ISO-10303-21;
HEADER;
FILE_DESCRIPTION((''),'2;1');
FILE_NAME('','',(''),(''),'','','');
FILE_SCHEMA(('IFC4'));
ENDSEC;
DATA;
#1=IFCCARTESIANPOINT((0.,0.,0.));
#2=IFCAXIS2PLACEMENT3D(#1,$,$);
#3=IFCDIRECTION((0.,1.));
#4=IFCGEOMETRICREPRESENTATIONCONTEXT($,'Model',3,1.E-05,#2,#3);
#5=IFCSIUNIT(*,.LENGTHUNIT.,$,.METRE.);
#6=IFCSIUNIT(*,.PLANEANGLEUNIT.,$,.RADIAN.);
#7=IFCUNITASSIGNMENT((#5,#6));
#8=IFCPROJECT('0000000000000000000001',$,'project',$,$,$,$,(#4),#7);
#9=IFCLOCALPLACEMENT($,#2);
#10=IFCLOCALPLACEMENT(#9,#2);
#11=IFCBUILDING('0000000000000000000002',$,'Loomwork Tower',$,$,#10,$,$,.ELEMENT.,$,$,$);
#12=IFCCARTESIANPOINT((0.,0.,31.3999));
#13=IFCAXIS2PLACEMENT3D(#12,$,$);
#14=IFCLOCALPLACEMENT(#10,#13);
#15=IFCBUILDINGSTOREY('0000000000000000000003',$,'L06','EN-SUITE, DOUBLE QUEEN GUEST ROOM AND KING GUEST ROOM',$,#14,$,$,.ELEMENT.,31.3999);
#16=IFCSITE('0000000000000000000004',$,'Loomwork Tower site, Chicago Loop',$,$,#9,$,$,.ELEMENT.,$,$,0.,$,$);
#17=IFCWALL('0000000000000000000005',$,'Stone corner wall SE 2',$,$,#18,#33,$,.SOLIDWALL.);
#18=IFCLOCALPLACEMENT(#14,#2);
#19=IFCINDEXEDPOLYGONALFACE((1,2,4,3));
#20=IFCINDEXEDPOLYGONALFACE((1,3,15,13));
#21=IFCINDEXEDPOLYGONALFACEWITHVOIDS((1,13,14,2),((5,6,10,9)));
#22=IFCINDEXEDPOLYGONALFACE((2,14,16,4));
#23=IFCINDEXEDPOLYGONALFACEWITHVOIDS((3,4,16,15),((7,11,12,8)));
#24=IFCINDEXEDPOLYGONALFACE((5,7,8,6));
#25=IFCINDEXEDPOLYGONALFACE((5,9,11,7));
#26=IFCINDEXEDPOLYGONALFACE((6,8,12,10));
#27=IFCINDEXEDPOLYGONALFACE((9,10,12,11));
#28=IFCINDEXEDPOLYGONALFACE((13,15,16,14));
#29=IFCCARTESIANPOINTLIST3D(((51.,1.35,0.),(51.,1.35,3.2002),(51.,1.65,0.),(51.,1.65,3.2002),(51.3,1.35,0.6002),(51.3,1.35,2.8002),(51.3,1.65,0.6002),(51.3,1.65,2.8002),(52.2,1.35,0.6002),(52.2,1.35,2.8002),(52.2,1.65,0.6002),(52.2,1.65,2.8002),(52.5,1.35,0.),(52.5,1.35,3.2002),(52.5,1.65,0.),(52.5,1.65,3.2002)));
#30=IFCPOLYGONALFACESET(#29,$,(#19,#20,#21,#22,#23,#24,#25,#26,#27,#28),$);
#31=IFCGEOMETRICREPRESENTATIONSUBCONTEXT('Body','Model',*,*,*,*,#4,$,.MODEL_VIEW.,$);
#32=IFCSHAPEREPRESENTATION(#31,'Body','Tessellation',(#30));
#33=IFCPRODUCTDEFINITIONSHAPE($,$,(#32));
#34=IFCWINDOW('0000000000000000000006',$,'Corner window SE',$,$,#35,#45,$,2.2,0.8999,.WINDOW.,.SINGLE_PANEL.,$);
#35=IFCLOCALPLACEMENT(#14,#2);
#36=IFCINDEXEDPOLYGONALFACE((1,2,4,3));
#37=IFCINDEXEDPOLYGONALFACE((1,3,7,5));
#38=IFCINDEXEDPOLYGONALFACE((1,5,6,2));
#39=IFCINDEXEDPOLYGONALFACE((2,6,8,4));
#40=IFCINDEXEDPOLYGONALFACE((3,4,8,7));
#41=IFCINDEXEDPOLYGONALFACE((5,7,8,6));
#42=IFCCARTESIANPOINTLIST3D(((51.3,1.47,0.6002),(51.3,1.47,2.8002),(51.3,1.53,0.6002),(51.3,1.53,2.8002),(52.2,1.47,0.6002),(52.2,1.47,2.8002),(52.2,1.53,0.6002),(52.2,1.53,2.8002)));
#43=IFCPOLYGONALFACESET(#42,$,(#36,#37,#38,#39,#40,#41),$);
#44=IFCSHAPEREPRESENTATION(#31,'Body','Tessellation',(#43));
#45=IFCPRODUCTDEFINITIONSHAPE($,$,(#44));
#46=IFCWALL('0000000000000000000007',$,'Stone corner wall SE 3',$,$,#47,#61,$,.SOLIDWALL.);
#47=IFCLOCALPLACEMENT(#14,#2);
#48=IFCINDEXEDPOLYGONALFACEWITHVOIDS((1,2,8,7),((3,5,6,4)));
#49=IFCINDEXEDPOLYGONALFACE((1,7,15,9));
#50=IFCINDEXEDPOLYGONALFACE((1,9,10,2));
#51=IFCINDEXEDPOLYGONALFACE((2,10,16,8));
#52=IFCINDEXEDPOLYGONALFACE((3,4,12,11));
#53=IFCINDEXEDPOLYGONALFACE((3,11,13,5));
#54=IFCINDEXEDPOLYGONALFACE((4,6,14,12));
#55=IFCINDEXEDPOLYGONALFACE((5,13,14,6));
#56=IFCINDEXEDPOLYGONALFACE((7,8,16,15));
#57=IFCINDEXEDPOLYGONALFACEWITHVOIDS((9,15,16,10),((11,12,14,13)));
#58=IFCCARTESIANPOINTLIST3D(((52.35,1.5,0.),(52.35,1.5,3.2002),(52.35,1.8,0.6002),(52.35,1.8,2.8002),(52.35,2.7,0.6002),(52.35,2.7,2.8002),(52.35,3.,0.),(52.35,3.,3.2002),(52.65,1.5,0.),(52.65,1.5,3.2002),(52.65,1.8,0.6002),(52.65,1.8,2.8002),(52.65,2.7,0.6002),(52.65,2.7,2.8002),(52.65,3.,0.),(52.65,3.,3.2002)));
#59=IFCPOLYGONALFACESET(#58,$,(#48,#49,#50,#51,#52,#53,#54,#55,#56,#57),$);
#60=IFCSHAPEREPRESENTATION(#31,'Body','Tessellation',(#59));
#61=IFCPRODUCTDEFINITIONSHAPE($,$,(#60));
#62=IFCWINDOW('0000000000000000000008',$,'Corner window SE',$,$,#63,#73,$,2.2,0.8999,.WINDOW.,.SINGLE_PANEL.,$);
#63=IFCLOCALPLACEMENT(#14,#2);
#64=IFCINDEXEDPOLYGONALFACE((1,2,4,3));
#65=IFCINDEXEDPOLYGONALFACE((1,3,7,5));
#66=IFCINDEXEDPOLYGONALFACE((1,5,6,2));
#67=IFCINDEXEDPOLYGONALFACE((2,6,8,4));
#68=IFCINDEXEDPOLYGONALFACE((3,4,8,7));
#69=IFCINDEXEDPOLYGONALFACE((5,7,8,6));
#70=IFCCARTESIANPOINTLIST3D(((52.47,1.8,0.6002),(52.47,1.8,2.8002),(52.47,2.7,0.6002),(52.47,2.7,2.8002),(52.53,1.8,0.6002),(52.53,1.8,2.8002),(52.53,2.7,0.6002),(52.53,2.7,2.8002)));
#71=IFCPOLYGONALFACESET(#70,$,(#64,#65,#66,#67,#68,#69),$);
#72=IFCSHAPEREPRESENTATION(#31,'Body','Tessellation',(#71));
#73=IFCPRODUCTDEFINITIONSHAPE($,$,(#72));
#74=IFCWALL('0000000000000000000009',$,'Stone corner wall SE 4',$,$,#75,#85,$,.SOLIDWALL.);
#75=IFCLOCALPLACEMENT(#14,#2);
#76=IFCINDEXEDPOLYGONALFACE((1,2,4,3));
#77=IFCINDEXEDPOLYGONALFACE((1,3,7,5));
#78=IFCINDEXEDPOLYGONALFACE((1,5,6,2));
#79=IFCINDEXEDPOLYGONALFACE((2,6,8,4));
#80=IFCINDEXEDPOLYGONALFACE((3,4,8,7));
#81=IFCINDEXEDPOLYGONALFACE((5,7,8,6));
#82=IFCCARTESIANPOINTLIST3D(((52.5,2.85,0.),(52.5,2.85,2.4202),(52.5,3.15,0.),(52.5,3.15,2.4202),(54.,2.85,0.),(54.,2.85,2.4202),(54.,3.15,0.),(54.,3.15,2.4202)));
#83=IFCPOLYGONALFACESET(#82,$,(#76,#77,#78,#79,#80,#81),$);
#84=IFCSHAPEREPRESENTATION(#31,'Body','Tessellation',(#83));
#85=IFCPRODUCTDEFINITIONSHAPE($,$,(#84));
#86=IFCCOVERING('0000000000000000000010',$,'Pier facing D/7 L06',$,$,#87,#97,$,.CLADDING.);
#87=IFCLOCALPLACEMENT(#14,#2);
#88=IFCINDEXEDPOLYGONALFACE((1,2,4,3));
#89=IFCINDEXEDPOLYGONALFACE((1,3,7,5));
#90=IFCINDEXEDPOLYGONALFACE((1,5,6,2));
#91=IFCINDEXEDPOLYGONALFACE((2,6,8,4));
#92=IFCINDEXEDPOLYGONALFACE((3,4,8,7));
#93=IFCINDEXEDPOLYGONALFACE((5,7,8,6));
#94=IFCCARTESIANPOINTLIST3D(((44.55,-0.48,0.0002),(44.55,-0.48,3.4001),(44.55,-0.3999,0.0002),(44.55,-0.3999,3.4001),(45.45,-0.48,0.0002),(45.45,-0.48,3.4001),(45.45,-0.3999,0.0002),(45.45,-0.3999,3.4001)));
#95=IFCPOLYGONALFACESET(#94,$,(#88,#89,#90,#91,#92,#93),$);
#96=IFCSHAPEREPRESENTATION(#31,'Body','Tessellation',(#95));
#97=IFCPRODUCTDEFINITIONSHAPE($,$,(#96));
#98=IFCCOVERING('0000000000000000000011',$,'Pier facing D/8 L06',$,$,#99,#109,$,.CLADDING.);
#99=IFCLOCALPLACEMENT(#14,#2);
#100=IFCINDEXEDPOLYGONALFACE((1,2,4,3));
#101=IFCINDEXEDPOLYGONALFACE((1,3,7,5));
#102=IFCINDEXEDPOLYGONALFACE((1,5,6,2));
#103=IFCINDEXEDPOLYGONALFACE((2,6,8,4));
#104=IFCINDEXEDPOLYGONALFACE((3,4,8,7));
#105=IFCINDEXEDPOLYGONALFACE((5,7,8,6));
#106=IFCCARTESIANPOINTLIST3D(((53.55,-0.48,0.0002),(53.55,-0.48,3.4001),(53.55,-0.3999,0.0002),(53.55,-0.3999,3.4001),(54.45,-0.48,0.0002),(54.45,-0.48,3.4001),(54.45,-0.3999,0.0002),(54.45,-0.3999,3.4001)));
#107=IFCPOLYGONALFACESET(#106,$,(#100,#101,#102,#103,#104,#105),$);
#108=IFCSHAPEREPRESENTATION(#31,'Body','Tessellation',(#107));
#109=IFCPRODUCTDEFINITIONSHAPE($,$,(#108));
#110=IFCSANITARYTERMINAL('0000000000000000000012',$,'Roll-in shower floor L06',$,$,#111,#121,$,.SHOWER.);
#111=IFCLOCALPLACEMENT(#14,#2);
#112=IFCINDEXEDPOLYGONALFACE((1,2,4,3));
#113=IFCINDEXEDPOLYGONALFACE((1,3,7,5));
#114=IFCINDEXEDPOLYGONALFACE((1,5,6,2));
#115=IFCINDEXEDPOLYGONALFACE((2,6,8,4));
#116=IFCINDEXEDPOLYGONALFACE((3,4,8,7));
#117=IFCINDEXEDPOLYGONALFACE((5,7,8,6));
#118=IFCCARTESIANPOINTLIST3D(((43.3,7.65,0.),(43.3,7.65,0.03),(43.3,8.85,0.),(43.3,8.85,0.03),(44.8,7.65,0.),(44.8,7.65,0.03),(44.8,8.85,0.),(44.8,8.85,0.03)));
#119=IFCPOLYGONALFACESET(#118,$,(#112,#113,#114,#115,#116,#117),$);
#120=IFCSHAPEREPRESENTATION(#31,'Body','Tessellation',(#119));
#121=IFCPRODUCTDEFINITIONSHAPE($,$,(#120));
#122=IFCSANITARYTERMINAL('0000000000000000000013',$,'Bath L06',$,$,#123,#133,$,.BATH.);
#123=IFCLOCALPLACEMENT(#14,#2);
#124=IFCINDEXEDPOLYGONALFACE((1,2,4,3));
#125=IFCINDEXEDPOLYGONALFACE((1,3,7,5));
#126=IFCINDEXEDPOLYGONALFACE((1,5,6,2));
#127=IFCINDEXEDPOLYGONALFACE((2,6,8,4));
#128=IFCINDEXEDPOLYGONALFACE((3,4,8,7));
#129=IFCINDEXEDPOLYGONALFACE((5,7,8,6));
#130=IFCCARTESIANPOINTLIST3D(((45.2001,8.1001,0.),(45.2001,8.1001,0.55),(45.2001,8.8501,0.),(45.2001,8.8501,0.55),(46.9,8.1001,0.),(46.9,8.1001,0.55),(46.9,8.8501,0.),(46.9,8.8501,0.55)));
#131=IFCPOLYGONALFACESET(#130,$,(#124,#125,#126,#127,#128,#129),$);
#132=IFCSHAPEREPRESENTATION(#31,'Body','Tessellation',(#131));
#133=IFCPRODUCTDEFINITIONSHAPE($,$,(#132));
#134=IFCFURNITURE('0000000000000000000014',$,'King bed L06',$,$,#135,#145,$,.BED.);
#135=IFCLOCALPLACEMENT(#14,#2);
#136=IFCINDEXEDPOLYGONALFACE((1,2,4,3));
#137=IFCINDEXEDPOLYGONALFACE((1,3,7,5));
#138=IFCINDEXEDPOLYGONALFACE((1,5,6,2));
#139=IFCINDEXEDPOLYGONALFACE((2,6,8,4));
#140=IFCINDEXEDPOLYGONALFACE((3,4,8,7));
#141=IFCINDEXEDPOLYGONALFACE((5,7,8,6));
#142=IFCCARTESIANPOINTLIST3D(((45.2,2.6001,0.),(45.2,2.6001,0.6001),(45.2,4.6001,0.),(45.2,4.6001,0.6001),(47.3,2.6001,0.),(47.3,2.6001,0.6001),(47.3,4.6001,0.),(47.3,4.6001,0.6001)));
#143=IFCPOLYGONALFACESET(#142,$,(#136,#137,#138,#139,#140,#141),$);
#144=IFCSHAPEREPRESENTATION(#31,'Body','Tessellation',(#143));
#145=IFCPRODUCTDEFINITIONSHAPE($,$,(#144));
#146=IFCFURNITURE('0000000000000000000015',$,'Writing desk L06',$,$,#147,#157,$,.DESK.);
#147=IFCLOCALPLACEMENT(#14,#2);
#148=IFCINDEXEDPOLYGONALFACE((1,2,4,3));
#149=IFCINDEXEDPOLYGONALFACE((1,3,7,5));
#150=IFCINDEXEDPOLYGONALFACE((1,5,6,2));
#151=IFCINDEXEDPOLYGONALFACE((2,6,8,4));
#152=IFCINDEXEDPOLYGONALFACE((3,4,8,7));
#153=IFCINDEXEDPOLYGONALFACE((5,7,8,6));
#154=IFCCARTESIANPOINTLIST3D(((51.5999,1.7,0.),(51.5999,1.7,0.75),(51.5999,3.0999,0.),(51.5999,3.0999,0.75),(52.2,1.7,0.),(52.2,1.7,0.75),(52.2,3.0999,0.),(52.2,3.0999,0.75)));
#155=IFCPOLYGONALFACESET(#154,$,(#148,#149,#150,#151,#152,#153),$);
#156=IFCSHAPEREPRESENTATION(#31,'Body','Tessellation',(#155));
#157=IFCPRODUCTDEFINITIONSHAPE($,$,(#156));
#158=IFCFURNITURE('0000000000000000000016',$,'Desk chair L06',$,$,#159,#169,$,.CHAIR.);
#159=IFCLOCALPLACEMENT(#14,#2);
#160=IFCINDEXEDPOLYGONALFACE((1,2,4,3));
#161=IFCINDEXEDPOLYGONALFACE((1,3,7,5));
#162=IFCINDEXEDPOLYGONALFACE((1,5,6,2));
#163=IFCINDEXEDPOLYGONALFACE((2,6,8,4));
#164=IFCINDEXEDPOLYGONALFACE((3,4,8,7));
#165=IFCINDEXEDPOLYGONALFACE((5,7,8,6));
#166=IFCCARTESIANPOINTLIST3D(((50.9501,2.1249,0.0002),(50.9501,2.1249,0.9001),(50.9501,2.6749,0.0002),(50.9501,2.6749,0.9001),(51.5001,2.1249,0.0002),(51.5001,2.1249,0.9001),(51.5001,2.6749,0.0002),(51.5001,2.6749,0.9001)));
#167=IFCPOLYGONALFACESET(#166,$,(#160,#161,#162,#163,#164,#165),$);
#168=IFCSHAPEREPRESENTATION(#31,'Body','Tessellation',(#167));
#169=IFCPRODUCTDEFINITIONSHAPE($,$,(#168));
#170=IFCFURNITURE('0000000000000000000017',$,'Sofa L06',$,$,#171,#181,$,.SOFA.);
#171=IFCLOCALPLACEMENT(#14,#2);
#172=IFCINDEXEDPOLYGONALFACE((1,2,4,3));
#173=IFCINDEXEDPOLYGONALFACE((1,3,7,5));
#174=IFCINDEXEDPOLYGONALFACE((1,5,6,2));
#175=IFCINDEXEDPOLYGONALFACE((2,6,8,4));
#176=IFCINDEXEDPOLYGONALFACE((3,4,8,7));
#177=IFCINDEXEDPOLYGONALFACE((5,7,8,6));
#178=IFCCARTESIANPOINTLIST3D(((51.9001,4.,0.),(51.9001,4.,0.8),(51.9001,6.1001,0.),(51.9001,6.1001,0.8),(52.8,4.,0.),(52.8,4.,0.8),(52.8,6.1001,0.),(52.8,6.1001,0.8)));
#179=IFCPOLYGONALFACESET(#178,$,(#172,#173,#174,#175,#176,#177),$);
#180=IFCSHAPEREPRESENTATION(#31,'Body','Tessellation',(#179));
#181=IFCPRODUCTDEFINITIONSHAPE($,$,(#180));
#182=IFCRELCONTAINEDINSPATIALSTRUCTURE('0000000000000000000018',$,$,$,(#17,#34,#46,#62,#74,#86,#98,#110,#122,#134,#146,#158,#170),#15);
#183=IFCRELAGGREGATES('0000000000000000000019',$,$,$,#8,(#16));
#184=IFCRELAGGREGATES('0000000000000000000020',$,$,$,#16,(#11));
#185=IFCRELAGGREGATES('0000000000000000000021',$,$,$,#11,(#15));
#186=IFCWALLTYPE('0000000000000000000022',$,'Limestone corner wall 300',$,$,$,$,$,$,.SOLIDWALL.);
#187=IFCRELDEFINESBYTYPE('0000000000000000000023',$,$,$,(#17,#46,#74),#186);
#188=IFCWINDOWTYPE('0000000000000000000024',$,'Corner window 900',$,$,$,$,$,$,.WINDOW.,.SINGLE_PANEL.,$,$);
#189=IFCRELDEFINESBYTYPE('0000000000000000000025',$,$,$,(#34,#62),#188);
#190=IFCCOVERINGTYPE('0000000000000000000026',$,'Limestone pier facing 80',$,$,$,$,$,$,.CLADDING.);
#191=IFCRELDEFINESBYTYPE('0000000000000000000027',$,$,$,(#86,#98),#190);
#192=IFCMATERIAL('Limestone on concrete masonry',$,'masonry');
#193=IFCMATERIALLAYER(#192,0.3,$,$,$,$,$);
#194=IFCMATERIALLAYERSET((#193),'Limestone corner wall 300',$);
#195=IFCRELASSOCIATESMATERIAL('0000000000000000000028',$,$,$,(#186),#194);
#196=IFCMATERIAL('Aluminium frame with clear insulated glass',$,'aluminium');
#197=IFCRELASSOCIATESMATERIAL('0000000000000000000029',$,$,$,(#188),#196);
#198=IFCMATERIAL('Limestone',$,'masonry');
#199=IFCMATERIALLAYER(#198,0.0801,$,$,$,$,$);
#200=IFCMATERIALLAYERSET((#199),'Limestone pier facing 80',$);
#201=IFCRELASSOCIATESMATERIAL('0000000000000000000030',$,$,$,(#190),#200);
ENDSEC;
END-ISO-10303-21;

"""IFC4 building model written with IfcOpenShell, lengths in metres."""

from ifc_helpers import new_model, si_unit, direction, frame, frame_2d, origin, origin_2d, place, context, subcontext, project, spatial, rectangle, extrude, material, layer, layer_set, type_object, element, fill, save


model = new_model("IFC4")

# Units and contexts
model_context = context("Model", 3, precision=1e-05, world=origin(), true_north=direction((0.0, 1.0)))
body_context = subcontext(model_context, "Body", "Model", "MODEL_VIEW")
ifc_project = project(units=[si_unit("LENGTHUNIT", "METRE"), si_unit("PLANEANGLEUNIT", "RADIAN")], contexts=[model_context])

# Site, building, storey
site_placement = place(None, origin())
site = spatial("IfcSite", under=ifc_project, at=site_placement, Name="Loomwork Tower site, Chicago Loop", CompositionType="ELEMENT", RefElevation=0.0)
building_placement = place(site_placement, origin())
building = spatial("IfcBuilding", under=site, at=building_placement, Name="Loomwork Tower", CompositionType="ELEMENT")
storey_placement = place(building_placement, frame((0.0, 0.0, 31.3999)))
storey = spatial("IfcBuildingStorey", under=building, at=storey_placement, Name="L06", Description="EN-SUITE, DOUBLE QUEEN GUEST ROOM AND KING GUEST ROOM", CompositionType="ELEMENT", Elevation=31.3999)

# Shared definitions
ifc_material_1 = material(Name="Limestone on concrete masonry", Category="masonry")
ifc_layer_1 = layer(ifc_material_1, 0.3)
ifc_layer_set_1 = layer_set([ifc_layer_1], Name="Limestone corner wall 300")
wall_type_1 = type_object("IfcWallType", Name="Limestone corner wall 300", PredefinedType="SOLIDWALL", material=ifc_layer_set_1)

# Walls, openings, windows
wall_1_placement = place(storey_placement, frame((51.0, 1.5, 0.0), z_axis=(0.0, 0.0, 1.0), x_axis=(1.0, 0.0, 0.0)))
wall_1 = element("IfcWall", 1, at=wall_1_placement, inside=storey, type_object=wall_type_1, Name="Stone corner wall SE 2", PredefinedType="SOLIDWALL", context=body_context, shape_type="SweptSolid", body=[
    extrude(rectangle(XDim=1.5, YDim=0.3, at=frame_2d((0.75, 0.0))), origin(), (0.0, 0.0, 1.0), 3.2002),
])
opening_1_placement = place(wall_1_placement, frame((0.3, 0.0, 0.6001)))
opening_1 = element("IfcOpeningElement", 2, at=opening_1_placement, cuts=wall_1, PredefinedType="OPENING", context=body_context, shape_type="SweptSolid", body=[
    extrude(rectangle(XDim=0.8999, YDim=2.2, at=frame_2d((0.45, 1.1001))), frame((0.0, 0.1599, 0.0), z_axis=(0.0, -1.0, 0.0), x_axis=(1.0, 0.0, 0.0)), (0.0, 0.0, 1.0), 0.3201),
])
ifc_material_2 = material(Name="Aluminium frame with clear insulated glass", Category="aluminium")
window_type_1 = type_object("IfcWindowType", Name="Corner window 900", PartitioningType="SINGLE_PANEL", PredefinedType="WINDOW", material=ifc_material_2)
window_1_placement = place(opening_1_placement, origin())
window_1 = element("IfcWindow", 3, at=window_1_placement, inside=storey, type_object=window_type_1, Name="Corner window SE", OverallHeight=2.2, OverallWidth=0.8999, PartitioningType="SINGLE_PANEL", PredefinedType="WINDOW", context=body_context, shape_type="SweptSolid", body=[
    extrude(rectangle(XDim=0.8999, YDim=2.2, at=frame_2d((0.45, 1.1001))), frame((0.0, 0.03, 0.0), z_axis=(0.0, -1.0, 0.0), x_axis=(1.0, 0.0, 0.0)), (0.0, 0.0, 1.0), 0.0601),
])
fill(opening_1, window_1)
wall_2_placement = place(storey_placement, frame((52.5, 1.5, 0.0), z_axis=(0.0, 0.0, 1.0), x_axis=(0.0, 1.0, 0.0)))
wall_2 = element("IfcWall", 4, at=wall_2_placement, inside=storey, type_object=wall_type_1, Name="Stone corner wall SE 3", PredefinedType="SOLIDWALL", context=body_context, shape_type="SweptSolid", body=[
    extrude(rectangle(XDim=1.5, YDim=0.3, at=frame_2d((0.75, 0.0))), origin(), (0.0, 0.0, 1.0), 3.2002),
])
opening_2_placement = place(wall_2_placement, frame((0.3, 0.0, 0.6001)))
opening_2 = element("IfcOpeningElement", 5, at=opening_2_placement, cuts=wall_2, PredefinedType="OPENING", context=body_context, shape_type="SweptSolid", body=[
    extrude(rectangle(XDim=0.8999, YDim=2.2, at=frame_2d((0.45, 1.1001))), frame((0.0, 0.1599, 0.0), z_axis=(0.0, -1.0, 0.0), x_axis=(1.0, 0.0, 0.0)), (0.0, 0.0, 1.0), 0.3201),
])
window_2_placement = place(opening_2_placement, origin())
window_2 = element("IfcWindow", 6, at=window_2_placement, inside=storey, type_object=window_type_1, Name="Corner window SE", OverallHeight=2.2, OverallWidth=0.8999, PartitioningType="SINGLE_PANEL", PredefinedType="WINDOW", context=body_context, shape_type="SweptSolid", body=[
    extrude(rectangle(XDim=0.8999, YDim=2.2, at=frame_2d((0.45, 1.1001))), frame((0.0, 0.03, 0.0), z_axis=(0.0, -1.0, 0.0), x_axis=(1.0, 0.0, 0.0)), (0.0, 0.0, 1.0), 0.0601),
])
fill(opening_2, window_2)

# Wall
wall_3_placement = place(storey_placement, frame((52.5, 3.0, 0.0), z_axis=(0.0, 0.0, 1.0), x_axis=(1.0, 0.0, 0.0)))
element("IfcWall", 7, at=wall_3_placement, inside=storey, type_object=wall_type_1, Name="Stone corner wall SE 4", PredefinedType="SOLIDWALL", context=body_context, shape_type="SweptSolid", body=[
    extrude(rectangle(XDim=1.5, YDim=0.3, at=frame_2d((0.75, 0.0))), origin(), (0.0, 0.0, 1.0), 2.4202),
])

# Coverings
ifc_material_3 = material(Name="Limestone", Category="masonry")
ifc_layer_2 = layer(ifc_material_3, 0.0801)
ifc_layer_set_2 = layer_set([ifc_layer_2], Name="Limestone pier facing 80")
covering_type = type_object("IfcCoveringType", Name="Limestone pier facing 80", PredefinedType="CLADDING", material=ifc_layer_set_2)
for number, where, z_axis, x_axis, name in (
    (8, (45.0, -0.4399, 0.0002), (0.0, 0.0, 1.0), (1.0, 0.0, 0.0), "Pier facing D/7 L06"),
    (9, (54.0, -0.4399, 0.0002), (0.0, 0.0, 1.0), (1.0, 0.0, 0.0), "Pier facing D/8 L06"),
):
    element("IfcCovering", number, at=place(storey_placement, frame(where, z_axis=z_axis, x_axis=x_axis)), inside=storey, type_object=covering_type, Name=name, PredefinedType="CLADDING", context=body_context, shape_type="SweptSolid", body=[
        extrude(rectangle(XDim=0.8999, YDim=0.0801, at=origin_2d()), origin(), (0.0, 0.0, 1.0), 3.3999),
    ])

# Sanitary terminals
sanitary_terminal_1_placement = place(storey_placement, frame((44.05, 8.25, 0.0), z_axis=(0.0, 0.0, 1.0), x_axis=(1.0, 0.0, 0.0)))
element("IfcSanitaryTerminal", 10, at=sanitary_terminal_1_placement, inside=storey, Name="Roll-in shower floor L06", PredefinedType="SHOWER", context=body_context, shape_type="SweptSolid", body=[
    extrude(rectangle(XDim=1.5, YDim=1.2, at=origin_2d()), origin(), (0.0, 0.0, 1.0), 0.03),
])
sanitary_terminal_2_placement = place(storey_placement, frame((46.05, 8.4751, 0.0), z_axis=(0.0, 0.0, 1.0), x_axis=(1.0, 0.0, 0.0)))
element("IfcSanitaryTerminal", 11, at=sanitary_terminal_2_placement, inside=storey, Name="Bath L06", PredefinedType="BATH", context=body_context, shape_type="SweptSolid", body=[
    extrude(rectangle(XDim=1.7, YDim=0.75, at=origin_2d()), origin(), (0.0, 0.0, 1.0), 0.55),
])

# Furniture
furniture_1_placement = place(storey_placement, frame((46.25, 3.6001, 0.0), z_axis=(0.0, 0.0, 1.0), x_axis=(1.0, 0.0, 0.0)))
element("IfcFurniture", 12, at=furniture_1_placement, inside=storey, Name="King bed L06", PredefinedType="BED", context=body_context, shape_type="SweptSolid", body=[
    extrude(rectangle(XDim=2.1001, YDim=2.0, at=origin_2d()), origin(), (0.0, 0.0, 1.0), 0.6001),
])
furniture_2_placement = place(storey_placement, frame((51.8999, 2.3999, 0.0), z_axis=(0.0, 0.0, 1.0), x_axis=(1.0, 0.0, 0.0)))
element("IfcFurniture", 13, at=furniture_2_placement, inside=storey, Name="Writing desk L06", PredefinedType="DESK", context=body_context, shape_type="SweptSolid", body=[
    extrude(rectangle(XDim=0.6001, YDim=1.3999, at=origin_2d()), origin(), (0.0, 0.0, 1.0), 0.75),
])
furniture_3_placement = place(storey_placement, frame((51.2251, 2.3999, 0.0002), z_axis=(0.0, 0.0, 1.0), x_axis=(1.0, 0.0, 0.0)))
element("IfcFurniture", 14, at=furniture_3_placement, inside=storey, Name="Desk chair L06", PredefinedType="CHAIR", context=body_context, shape_type="SweptSolid", body=[
    extrude(rectangle(XDim=0.55, YDim=0.55, at=origin_2d()), origin(), (0.0, 0.0, 1.0), 0.8999),
])
furniture_4_placement = place(storey_placement, frame((52.3501, 5.05, 0.0), z_axis=(0.0, 0.0, 1.0), x_axis=(1.0, 0.0, 0.0)))
element("IfcFurniture", 15, at=furniture_4_placement, inside=storey, Name="Sofa L06", PredefinedType="SOFA", context=body_context, shape_type="SweptSolid", body=[
    extrude(rectangle(XDim=0.8999, YDim=2.1001, at=origin_2d()), origin(), (0.0, 0.0, 1.0), 0.8),
])

save(model, "model.ifc")
